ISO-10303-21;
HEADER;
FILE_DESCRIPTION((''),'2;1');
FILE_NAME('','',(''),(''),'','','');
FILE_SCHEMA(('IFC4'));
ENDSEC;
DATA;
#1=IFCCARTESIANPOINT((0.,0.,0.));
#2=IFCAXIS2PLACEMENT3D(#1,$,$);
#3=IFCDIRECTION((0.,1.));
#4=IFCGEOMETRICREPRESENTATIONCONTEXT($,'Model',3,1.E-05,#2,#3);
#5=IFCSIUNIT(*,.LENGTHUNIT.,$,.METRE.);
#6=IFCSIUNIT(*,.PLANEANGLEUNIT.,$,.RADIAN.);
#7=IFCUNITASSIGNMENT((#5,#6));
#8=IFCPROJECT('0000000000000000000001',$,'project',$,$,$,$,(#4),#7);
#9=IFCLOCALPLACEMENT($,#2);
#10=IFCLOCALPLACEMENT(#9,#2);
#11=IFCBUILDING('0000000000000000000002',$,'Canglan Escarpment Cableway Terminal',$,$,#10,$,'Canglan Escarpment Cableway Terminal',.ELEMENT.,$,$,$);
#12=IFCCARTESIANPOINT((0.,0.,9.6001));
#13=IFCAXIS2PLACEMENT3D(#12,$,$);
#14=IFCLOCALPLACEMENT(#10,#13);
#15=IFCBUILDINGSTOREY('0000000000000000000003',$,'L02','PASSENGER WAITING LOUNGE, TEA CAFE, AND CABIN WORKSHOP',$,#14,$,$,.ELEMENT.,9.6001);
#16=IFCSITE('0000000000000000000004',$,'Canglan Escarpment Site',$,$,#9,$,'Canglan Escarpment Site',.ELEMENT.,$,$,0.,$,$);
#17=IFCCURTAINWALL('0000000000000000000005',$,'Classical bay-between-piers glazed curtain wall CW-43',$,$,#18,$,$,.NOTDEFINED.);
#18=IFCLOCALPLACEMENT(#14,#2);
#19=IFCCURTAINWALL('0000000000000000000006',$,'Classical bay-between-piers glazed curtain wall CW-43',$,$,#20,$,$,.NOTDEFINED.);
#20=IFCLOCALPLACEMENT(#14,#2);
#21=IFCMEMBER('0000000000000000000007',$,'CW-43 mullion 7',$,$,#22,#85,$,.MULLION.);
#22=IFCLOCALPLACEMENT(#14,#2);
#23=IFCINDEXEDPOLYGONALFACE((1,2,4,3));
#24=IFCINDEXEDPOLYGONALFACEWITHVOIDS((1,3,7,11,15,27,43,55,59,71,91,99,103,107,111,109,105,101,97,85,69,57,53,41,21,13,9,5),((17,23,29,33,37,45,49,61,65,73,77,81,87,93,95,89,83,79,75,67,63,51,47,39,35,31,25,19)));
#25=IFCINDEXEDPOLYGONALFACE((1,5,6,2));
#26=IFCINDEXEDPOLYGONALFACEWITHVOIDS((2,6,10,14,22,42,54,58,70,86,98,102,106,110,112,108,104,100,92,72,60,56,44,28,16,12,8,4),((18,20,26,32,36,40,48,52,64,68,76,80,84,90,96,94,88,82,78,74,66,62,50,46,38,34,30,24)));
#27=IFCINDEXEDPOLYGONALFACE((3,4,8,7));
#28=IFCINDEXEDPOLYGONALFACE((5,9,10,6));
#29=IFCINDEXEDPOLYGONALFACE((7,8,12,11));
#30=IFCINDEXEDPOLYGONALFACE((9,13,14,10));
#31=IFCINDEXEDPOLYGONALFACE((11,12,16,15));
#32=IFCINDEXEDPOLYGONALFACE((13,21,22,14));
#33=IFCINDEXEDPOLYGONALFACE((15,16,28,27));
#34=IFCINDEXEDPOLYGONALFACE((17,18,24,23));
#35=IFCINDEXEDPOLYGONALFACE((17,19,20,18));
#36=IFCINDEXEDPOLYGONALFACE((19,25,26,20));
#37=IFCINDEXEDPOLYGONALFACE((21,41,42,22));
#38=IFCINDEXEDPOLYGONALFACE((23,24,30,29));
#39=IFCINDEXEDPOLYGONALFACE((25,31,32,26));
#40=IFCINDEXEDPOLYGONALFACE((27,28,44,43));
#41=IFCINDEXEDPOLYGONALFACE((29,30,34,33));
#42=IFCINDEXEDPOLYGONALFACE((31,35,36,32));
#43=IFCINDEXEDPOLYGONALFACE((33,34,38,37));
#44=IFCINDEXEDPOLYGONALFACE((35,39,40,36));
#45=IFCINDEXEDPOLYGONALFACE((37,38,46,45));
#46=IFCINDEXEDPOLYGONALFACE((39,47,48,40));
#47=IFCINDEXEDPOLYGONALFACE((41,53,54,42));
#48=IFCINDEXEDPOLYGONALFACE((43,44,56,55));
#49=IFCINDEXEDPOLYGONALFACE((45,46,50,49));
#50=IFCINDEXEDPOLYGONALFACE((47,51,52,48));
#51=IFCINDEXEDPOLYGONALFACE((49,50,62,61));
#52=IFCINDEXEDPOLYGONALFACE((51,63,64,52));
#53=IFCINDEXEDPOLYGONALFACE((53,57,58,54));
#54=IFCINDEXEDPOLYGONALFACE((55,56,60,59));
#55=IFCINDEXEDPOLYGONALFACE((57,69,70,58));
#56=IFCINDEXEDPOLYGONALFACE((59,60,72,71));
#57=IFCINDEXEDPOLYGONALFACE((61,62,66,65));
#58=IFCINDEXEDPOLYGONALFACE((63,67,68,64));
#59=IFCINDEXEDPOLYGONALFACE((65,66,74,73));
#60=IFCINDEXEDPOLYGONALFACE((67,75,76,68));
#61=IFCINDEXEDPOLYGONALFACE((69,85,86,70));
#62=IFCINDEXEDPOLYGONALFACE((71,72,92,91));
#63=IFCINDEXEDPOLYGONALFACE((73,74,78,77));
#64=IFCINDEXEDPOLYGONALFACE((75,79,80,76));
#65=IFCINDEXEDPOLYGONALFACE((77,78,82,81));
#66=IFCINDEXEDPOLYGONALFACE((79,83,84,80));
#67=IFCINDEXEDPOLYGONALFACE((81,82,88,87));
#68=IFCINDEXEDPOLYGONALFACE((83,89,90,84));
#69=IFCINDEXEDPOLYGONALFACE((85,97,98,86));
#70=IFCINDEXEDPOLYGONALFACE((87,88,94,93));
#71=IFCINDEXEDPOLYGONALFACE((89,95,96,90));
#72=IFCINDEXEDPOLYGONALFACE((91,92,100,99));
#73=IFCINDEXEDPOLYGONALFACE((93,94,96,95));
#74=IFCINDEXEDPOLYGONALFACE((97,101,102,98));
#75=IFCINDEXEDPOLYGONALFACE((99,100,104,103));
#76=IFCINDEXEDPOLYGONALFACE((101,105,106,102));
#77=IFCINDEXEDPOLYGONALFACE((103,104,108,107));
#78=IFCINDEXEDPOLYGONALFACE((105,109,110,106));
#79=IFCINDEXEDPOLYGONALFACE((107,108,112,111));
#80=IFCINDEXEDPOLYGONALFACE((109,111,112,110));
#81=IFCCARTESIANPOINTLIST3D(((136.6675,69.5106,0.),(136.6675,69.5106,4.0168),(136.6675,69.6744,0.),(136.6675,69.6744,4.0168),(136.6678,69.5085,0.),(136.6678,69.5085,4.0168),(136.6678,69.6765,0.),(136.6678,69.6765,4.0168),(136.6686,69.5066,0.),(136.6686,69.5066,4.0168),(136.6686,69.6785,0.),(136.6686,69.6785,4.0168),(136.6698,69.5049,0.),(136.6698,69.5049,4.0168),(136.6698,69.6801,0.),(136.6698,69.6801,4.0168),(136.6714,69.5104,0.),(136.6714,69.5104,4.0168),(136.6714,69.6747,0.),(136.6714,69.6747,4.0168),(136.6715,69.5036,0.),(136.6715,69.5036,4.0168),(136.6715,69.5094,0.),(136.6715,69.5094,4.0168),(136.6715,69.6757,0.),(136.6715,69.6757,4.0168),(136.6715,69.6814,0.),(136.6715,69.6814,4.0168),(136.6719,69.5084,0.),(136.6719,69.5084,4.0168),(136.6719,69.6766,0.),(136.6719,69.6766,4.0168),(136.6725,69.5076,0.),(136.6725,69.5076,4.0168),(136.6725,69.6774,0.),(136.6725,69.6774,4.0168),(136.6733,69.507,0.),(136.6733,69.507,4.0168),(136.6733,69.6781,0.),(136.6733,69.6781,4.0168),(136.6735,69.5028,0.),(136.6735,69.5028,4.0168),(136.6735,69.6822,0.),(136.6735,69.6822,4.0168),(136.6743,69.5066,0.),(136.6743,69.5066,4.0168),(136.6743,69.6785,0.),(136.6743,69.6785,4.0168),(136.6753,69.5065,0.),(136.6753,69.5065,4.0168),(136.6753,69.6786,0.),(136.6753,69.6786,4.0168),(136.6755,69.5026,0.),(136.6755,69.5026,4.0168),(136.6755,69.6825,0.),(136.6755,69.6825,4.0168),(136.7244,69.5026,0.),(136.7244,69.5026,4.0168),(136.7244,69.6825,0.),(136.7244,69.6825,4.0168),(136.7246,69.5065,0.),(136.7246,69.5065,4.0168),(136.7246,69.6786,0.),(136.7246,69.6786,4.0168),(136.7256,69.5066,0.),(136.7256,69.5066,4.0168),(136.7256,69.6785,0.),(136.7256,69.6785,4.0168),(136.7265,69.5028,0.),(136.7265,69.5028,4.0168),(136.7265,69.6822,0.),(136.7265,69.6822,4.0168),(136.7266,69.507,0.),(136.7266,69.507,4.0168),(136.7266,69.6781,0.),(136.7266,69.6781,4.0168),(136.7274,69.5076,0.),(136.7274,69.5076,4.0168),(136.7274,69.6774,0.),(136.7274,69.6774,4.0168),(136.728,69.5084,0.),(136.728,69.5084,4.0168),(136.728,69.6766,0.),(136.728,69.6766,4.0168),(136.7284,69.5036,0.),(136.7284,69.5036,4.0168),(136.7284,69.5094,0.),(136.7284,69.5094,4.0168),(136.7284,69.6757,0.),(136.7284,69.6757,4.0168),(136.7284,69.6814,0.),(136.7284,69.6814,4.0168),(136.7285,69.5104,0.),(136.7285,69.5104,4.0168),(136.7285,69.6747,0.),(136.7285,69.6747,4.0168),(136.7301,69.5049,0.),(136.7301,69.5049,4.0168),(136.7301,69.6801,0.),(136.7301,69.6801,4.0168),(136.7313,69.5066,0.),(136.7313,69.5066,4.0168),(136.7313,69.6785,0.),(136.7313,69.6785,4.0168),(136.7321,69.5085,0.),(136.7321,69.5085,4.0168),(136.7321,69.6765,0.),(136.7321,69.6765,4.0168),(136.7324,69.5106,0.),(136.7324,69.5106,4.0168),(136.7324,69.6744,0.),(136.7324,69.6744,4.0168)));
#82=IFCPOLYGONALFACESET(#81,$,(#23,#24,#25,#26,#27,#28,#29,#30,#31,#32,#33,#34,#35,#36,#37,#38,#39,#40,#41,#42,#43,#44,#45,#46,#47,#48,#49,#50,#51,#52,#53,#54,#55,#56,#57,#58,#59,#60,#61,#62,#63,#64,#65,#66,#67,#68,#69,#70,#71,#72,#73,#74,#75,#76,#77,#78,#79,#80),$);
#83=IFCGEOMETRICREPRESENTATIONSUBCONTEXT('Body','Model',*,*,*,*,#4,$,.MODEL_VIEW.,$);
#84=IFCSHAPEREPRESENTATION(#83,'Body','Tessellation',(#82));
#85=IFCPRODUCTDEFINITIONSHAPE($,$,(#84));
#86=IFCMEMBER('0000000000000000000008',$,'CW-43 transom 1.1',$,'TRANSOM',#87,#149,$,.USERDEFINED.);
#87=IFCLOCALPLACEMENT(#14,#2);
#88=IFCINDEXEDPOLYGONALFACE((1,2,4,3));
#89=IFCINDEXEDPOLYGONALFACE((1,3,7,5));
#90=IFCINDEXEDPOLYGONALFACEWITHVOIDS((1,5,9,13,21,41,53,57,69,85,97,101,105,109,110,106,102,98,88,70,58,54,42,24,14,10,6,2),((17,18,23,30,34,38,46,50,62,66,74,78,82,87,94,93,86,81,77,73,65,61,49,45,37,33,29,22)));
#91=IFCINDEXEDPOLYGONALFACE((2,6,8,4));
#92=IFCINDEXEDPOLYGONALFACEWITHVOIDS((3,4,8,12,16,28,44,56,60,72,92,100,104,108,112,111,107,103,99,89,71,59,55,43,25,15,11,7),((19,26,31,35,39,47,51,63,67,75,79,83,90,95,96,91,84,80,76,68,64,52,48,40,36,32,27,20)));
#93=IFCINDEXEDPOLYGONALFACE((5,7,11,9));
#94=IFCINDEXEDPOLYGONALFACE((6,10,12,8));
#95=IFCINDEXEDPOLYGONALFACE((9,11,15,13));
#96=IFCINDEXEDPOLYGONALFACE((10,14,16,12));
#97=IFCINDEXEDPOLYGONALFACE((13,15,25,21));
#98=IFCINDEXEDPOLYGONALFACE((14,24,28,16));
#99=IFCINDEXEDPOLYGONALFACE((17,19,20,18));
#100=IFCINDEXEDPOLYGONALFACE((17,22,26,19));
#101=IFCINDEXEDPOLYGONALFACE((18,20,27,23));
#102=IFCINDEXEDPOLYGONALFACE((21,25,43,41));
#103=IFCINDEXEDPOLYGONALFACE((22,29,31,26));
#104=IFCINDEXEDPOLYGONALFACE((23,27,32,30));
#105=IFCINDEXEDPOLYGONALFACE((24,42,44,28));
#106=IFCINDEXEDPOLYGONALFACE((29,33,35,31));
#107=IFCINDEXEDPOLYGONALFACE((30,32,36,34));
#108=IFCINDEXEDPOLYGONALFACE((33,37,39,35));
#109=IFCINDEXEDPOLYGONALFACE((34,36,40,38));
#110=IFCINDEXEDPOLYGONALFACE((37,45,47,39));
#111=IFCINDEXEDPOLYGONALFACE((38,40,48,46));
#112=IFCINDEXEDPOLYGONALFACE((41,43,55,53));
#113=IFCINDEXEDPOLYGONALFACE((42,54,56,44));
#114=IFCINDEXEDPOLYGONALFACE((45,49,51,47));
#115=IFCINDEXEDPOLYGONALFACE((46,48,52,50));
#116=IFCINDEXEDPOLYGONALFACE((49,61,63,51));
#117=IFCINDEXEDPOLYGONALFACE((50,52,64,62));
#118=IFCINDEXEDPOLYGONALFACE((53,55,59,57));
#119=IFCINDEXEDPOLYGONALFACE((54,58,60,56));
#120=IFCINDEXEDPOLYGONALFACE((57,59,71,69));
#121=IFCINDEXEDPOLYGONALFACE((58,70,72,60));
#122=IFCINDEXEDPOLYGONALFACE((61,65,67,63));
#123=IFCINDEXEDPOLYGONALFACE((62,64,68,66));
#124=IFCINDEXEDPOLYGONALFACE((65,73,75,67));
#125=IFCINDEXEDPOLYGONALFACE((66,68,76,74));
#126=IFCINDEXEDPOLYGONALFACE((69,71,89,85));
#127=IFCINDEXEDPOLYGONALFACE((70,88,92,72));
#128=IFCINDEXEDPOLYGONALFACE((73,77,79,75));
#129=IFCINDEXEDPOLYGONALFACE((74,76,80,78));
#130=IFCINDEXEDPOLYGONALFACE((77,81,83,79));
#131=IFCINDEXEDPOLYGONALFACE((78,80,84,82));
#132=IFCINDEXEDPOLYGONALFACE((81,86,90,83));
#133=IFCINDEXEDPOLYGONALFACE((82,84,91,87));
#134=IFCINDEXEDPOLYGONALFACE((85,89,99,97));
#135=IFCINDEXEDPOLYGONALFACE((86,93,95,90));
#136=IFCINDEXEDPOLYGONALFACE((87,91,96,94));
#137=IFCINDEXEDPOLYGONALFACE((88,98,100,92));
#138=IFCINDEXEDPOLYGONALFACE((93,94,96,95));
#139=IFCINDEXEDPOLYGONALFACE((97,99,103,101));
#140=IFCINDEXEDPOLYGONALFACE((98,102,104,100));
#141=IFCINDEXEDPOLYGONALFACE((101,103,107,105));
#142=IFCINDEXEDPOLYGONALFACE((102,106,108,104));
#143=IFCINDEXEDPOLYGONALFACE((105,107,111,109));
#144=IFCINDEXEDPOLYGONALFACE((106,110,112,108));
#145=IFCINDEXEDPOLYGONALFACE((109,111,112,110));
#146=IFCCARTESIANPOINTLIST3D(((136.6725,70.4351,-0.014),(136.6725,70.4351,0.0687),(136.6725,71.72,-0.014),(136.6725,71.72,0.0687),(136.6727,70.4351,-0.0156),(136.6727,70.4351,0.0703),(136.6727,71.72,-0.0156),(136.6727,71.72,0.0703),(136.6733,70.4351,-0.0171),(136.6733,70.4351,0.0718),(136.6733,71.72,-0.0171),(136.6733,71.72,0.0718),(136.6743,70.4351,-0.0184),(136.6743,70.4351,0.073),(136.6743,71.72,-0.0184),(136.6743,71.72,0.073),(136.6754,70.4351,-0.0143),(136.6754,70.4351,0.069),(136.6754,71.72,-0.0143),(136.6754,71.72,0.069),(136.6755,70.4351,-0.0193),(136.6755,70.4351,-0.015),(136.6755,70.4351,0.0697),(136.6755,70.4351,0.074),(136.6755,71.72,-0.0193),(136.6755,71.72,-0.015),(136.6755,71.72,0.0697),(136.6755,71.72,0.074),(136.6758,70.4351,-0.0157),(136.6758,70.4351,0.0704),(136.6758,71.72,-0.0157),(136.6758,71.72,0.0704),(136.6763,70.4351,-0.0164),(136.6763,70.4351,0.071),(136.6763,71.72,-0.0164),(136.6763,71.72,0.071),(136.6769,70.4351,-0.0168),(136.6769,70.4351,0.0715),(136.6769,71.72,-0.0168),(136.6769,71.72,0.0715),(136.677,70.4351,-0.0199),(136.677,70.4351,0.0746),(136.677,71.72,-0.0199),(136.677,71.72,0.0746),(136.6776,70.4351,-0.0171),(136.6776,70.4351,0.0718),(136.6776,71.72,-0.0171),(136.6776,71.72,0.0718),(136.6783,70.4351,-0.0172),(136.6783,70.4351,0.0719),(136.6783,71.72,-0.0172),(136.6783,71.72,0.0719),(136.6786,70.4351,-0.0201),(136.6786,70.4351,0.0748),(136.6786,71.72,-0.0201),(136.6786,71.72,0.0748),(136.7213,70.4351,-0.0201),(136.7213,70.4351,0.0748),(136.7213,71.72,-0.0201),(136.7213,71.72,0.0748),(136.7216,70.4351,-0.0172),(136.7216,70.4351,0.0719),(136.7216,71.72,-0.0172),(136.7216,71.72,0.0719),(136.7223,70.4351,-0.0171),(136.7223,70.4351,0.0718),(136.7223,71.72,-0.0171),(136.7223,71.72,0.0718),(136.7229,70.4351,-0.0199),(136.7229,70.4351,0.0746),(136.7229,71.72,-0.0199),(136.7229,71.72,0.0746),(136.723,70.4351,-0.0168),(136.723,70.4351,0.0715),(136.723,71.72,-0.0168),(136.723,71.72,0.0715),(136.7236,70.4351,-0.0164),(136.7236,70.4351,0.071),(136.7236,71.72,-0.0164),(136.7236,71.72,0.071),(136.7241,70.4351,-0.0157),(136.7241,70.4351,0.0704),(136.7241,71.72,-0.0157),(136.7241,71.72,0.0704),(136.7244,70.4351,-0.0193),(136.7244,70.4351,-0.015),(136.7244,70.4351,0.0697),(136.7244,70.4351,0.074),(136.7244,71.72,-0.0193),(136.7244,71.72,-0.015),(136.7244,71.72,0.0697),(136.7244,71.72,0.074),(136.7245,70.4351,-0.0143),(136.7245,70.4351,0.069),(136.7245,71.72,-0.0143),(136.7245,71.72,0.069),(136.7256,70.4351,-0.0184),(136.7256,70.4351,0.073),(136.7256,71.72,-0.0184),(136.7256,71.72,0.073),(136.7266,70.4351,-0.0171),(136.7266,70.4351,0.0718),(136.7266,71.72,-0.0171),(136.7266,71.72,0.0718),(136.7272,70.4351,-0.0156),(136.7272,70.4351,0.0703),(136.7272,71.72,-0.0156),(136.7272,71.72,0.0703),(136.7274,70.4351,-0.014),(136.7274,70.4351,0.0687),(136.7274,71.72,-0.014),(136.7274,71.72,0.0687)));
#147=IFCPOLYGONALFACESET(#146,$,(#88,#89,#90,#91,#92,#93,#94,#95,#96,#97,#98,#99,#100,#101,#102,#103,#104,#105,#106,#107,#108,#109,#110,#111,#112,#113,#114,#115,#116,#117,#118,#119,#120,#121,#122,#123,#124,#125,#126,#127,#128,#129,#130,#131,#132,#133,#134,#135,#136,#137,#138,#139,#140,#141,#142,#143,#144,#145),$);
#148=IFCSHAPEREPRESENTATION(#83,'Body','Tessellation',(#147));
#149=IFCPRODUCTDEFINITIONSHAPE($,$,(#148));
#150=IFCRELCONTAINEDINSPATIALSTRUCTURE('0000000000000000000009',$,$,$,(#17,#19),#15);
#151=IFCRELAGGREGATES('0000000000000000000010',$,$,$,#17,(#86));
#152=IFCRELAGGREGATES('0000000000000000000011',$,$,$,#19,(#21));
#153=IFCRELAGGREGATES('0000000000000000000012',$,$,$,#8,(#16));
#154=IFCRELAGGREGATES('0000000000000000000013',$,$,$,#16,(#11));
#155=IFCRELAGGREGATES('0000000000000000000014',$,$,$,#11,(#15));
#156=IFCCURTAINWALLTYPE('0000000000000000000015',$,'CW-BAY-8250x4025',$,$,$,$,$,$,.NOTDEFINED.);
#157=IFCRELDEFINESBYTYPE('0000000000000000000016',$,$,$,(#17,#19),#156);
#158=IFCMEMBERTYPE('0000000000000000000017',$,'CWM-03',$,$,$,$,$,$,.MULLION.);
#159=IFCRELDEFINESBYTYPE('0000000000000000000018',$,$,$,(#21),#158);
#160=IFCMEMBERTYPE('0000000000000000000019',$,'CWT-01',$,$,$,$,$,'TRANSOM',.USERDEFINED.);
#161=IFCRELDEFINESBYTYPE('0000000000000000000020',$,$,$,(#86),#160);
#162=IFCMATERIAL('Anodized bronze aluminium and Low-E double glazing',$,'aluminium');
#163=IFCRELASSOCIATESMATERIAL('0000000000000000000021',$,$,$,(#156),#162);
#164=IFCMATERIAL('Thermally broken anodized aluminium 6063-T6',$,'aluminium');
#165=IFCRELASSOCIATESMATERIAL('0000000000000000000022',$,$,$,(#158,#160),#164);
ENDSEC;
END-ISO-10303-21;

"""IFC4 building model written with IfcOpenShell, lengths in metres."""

from ifc_helpers import new_model, si_unit, direction, frame, origin, origin_2d, place, context, subcontext, project, spatial, hollow_rectangle, extrude, material, material_profile, profile_set, type_object, element, aggregate, save


model = new_model("IFC4")

# Units and contexts
model_context = context("Model", 3, precision=1e-05, world=origin(), true_north=direction((0.0, 1.0)))
body_context = subcontext(model_context, "Body", "Model", "MODEL_VIEW")
ifc_project = project(units=[si_unit("LENGTHUNIT", "METRE"), si_unit("PLANEANGLEUNIT", "RADIAN")], contexts=[model_context])

# Site, building, storey
site_placement = place(None, origin())
site = spatial("IfcSite", under=ifc_project, at=site_placement, Name="Canglan Escarpment Site", LongName="Canglan Escarpment Site", CompositionType="ELEMENT", RefElevation=0.0)
building_placement = place(site_placement, origin())
building = spatial("IfcBuilding", under=site, at=building_placement, Name="Canglan Escarpment Cableway Terminal", LongName="Canglan Escarpment Cableway Terminal", CompositionType="ELEMENT")
storey_placement = place(building_placement, frame((0.0, 0.0, 9.6001)))
storey = spatial("IfcBuildingStorey", under=building, at=storey_placement, Name="L02", Description="PASSENGER WAITING LOUNGE, TEA CAFE, AND CABIN WORKSHOP", CompositionType="ELEMENT", Elevation=9.6001)

# Curtain wall
ifc_material_1 = material(Name="Anodized bronze aluminium and Low-E double glazing", Category="aluminium")
curtain_wall_type = type_object("IfcCurtainWallType", Name="CW-BAY-8250x4025", PredefinedType="NOTDEFINED", material=ifc_material_1)
curtain_wall_1_placement = place(storey_placement, origin())
curtain_wall_1 = element("IfcCurtainWall", 1, at=curtain_wall_1_placement, inside=storey, type_object=curtain_wall_type, Name="Classical bay-between-piers glazed curtain wall CW-43", PredefinedType="NOTDEFINED")
ifc_material_2 = material(Name="Thermally broken anodized aluminium 6063-T6", Category="aluminium")

# Curtain wall, member
curtain_wall_2_placement = place(storey_placement, origin())
curtain_wall_2 = element("IfcCurtainWall", 2, at=curtain_wall_2_placement, inside=storey, type_object=curtain_wall_type, Name="Classical bay-between-piers glazed curtain wall CW-43", PredefinedType="NOTDEFINED")
ifc_material_profile_1 = material_profile(ifc_material_2, hollow_rectangle(XDim=0.0649, YDim=0.1799, WallThickness=0.0039, InnerFilletRadius=0.0039, OuterFilletRadius=0.0081, at=origin_2d()), Name="ALU-MULL 65x180x4")
ifc_profile_set_1 = profile_set([ifc_material_profile_1], Name="Thermally broken anodized aluminium 6063-T6")
member_type_1 = type_object("IfcMemberType", Name="CWM-03", PredefinedType="MULLION", material=ifc_profile_set_1)
member_1_placement = place(storey_placement, frame((136.7, 69.5925, 0.0), z_axis=(0.0, 0.0, 1.0), x_axis=(-1.0, 0.0, 0.0)))
member_1 = element("IfcMember", 3, at=member_1_placement, type_object=member_type_1, Name="CW-43 mullion 7", PredefinedType="MULLION", context=body_context, shape_type="SweptSolid", body=[
    extrude(hollow_rectangle(XDim=0.0649, YDim=0.1799, WallThickness=0.0039, InnerFilletRadius=0.0039, OuterFilletRadius=0.0081, at=origin_2d()), origin(), (0.0, 0.0, 1.0), 4.0168),
])

# Member
ifc_material_profile_2 = material_profile(ifc_material_2, hollow_rectangle(XDim=0.0549, YDim=0.095, WallThickness=0.0029, InnerFilletRadius=0.0029, OuterFilletRadius=0.0061, at=origin_2d()), Name="ALU-TRAN 55x95x3")
ifc_profile_set_2 = profile_set([ifc_material_profile_2], Name="Thermally broken anodized aluminium 6063-T6")
member_type_2 = type_object("IfcMemberType", Name="CWT-01", ElementType="TRANSOM", PredefinedType="USERDEFINED", material=ifc_profile_set_2)
member_2_placement = place(storey_placement, frame((136.7, 70.4351, 0.0273), z_axis=(0.0, 1.0, 0.0), x_axis=(-1.0, 0.0, 0.0)))
member_2 = element("IfcMember", 4, at=member_2_placement, type_object=member_type_2, Name="CW-43 transom 1.1", ObjectType="TRANSOM", PredefinedType="USERDEFINED", context=body_context, shape_type="SweptSolid", body=[
    extrude(hollow_rectangle(XDim=0.0549, YDim=0.095, WallThickness=0.0029, InnerFilletRadius=0.0029, OuterFilletRadius=0.0061, at=origin_2d()), origin(), (0.0, 0.0, 1.0), 1.2849),
])

aggregate(curtain_wall_1, [member_2])
aggregate(curtain_wall_2, [member_1])

save(model, "model.ifc")
